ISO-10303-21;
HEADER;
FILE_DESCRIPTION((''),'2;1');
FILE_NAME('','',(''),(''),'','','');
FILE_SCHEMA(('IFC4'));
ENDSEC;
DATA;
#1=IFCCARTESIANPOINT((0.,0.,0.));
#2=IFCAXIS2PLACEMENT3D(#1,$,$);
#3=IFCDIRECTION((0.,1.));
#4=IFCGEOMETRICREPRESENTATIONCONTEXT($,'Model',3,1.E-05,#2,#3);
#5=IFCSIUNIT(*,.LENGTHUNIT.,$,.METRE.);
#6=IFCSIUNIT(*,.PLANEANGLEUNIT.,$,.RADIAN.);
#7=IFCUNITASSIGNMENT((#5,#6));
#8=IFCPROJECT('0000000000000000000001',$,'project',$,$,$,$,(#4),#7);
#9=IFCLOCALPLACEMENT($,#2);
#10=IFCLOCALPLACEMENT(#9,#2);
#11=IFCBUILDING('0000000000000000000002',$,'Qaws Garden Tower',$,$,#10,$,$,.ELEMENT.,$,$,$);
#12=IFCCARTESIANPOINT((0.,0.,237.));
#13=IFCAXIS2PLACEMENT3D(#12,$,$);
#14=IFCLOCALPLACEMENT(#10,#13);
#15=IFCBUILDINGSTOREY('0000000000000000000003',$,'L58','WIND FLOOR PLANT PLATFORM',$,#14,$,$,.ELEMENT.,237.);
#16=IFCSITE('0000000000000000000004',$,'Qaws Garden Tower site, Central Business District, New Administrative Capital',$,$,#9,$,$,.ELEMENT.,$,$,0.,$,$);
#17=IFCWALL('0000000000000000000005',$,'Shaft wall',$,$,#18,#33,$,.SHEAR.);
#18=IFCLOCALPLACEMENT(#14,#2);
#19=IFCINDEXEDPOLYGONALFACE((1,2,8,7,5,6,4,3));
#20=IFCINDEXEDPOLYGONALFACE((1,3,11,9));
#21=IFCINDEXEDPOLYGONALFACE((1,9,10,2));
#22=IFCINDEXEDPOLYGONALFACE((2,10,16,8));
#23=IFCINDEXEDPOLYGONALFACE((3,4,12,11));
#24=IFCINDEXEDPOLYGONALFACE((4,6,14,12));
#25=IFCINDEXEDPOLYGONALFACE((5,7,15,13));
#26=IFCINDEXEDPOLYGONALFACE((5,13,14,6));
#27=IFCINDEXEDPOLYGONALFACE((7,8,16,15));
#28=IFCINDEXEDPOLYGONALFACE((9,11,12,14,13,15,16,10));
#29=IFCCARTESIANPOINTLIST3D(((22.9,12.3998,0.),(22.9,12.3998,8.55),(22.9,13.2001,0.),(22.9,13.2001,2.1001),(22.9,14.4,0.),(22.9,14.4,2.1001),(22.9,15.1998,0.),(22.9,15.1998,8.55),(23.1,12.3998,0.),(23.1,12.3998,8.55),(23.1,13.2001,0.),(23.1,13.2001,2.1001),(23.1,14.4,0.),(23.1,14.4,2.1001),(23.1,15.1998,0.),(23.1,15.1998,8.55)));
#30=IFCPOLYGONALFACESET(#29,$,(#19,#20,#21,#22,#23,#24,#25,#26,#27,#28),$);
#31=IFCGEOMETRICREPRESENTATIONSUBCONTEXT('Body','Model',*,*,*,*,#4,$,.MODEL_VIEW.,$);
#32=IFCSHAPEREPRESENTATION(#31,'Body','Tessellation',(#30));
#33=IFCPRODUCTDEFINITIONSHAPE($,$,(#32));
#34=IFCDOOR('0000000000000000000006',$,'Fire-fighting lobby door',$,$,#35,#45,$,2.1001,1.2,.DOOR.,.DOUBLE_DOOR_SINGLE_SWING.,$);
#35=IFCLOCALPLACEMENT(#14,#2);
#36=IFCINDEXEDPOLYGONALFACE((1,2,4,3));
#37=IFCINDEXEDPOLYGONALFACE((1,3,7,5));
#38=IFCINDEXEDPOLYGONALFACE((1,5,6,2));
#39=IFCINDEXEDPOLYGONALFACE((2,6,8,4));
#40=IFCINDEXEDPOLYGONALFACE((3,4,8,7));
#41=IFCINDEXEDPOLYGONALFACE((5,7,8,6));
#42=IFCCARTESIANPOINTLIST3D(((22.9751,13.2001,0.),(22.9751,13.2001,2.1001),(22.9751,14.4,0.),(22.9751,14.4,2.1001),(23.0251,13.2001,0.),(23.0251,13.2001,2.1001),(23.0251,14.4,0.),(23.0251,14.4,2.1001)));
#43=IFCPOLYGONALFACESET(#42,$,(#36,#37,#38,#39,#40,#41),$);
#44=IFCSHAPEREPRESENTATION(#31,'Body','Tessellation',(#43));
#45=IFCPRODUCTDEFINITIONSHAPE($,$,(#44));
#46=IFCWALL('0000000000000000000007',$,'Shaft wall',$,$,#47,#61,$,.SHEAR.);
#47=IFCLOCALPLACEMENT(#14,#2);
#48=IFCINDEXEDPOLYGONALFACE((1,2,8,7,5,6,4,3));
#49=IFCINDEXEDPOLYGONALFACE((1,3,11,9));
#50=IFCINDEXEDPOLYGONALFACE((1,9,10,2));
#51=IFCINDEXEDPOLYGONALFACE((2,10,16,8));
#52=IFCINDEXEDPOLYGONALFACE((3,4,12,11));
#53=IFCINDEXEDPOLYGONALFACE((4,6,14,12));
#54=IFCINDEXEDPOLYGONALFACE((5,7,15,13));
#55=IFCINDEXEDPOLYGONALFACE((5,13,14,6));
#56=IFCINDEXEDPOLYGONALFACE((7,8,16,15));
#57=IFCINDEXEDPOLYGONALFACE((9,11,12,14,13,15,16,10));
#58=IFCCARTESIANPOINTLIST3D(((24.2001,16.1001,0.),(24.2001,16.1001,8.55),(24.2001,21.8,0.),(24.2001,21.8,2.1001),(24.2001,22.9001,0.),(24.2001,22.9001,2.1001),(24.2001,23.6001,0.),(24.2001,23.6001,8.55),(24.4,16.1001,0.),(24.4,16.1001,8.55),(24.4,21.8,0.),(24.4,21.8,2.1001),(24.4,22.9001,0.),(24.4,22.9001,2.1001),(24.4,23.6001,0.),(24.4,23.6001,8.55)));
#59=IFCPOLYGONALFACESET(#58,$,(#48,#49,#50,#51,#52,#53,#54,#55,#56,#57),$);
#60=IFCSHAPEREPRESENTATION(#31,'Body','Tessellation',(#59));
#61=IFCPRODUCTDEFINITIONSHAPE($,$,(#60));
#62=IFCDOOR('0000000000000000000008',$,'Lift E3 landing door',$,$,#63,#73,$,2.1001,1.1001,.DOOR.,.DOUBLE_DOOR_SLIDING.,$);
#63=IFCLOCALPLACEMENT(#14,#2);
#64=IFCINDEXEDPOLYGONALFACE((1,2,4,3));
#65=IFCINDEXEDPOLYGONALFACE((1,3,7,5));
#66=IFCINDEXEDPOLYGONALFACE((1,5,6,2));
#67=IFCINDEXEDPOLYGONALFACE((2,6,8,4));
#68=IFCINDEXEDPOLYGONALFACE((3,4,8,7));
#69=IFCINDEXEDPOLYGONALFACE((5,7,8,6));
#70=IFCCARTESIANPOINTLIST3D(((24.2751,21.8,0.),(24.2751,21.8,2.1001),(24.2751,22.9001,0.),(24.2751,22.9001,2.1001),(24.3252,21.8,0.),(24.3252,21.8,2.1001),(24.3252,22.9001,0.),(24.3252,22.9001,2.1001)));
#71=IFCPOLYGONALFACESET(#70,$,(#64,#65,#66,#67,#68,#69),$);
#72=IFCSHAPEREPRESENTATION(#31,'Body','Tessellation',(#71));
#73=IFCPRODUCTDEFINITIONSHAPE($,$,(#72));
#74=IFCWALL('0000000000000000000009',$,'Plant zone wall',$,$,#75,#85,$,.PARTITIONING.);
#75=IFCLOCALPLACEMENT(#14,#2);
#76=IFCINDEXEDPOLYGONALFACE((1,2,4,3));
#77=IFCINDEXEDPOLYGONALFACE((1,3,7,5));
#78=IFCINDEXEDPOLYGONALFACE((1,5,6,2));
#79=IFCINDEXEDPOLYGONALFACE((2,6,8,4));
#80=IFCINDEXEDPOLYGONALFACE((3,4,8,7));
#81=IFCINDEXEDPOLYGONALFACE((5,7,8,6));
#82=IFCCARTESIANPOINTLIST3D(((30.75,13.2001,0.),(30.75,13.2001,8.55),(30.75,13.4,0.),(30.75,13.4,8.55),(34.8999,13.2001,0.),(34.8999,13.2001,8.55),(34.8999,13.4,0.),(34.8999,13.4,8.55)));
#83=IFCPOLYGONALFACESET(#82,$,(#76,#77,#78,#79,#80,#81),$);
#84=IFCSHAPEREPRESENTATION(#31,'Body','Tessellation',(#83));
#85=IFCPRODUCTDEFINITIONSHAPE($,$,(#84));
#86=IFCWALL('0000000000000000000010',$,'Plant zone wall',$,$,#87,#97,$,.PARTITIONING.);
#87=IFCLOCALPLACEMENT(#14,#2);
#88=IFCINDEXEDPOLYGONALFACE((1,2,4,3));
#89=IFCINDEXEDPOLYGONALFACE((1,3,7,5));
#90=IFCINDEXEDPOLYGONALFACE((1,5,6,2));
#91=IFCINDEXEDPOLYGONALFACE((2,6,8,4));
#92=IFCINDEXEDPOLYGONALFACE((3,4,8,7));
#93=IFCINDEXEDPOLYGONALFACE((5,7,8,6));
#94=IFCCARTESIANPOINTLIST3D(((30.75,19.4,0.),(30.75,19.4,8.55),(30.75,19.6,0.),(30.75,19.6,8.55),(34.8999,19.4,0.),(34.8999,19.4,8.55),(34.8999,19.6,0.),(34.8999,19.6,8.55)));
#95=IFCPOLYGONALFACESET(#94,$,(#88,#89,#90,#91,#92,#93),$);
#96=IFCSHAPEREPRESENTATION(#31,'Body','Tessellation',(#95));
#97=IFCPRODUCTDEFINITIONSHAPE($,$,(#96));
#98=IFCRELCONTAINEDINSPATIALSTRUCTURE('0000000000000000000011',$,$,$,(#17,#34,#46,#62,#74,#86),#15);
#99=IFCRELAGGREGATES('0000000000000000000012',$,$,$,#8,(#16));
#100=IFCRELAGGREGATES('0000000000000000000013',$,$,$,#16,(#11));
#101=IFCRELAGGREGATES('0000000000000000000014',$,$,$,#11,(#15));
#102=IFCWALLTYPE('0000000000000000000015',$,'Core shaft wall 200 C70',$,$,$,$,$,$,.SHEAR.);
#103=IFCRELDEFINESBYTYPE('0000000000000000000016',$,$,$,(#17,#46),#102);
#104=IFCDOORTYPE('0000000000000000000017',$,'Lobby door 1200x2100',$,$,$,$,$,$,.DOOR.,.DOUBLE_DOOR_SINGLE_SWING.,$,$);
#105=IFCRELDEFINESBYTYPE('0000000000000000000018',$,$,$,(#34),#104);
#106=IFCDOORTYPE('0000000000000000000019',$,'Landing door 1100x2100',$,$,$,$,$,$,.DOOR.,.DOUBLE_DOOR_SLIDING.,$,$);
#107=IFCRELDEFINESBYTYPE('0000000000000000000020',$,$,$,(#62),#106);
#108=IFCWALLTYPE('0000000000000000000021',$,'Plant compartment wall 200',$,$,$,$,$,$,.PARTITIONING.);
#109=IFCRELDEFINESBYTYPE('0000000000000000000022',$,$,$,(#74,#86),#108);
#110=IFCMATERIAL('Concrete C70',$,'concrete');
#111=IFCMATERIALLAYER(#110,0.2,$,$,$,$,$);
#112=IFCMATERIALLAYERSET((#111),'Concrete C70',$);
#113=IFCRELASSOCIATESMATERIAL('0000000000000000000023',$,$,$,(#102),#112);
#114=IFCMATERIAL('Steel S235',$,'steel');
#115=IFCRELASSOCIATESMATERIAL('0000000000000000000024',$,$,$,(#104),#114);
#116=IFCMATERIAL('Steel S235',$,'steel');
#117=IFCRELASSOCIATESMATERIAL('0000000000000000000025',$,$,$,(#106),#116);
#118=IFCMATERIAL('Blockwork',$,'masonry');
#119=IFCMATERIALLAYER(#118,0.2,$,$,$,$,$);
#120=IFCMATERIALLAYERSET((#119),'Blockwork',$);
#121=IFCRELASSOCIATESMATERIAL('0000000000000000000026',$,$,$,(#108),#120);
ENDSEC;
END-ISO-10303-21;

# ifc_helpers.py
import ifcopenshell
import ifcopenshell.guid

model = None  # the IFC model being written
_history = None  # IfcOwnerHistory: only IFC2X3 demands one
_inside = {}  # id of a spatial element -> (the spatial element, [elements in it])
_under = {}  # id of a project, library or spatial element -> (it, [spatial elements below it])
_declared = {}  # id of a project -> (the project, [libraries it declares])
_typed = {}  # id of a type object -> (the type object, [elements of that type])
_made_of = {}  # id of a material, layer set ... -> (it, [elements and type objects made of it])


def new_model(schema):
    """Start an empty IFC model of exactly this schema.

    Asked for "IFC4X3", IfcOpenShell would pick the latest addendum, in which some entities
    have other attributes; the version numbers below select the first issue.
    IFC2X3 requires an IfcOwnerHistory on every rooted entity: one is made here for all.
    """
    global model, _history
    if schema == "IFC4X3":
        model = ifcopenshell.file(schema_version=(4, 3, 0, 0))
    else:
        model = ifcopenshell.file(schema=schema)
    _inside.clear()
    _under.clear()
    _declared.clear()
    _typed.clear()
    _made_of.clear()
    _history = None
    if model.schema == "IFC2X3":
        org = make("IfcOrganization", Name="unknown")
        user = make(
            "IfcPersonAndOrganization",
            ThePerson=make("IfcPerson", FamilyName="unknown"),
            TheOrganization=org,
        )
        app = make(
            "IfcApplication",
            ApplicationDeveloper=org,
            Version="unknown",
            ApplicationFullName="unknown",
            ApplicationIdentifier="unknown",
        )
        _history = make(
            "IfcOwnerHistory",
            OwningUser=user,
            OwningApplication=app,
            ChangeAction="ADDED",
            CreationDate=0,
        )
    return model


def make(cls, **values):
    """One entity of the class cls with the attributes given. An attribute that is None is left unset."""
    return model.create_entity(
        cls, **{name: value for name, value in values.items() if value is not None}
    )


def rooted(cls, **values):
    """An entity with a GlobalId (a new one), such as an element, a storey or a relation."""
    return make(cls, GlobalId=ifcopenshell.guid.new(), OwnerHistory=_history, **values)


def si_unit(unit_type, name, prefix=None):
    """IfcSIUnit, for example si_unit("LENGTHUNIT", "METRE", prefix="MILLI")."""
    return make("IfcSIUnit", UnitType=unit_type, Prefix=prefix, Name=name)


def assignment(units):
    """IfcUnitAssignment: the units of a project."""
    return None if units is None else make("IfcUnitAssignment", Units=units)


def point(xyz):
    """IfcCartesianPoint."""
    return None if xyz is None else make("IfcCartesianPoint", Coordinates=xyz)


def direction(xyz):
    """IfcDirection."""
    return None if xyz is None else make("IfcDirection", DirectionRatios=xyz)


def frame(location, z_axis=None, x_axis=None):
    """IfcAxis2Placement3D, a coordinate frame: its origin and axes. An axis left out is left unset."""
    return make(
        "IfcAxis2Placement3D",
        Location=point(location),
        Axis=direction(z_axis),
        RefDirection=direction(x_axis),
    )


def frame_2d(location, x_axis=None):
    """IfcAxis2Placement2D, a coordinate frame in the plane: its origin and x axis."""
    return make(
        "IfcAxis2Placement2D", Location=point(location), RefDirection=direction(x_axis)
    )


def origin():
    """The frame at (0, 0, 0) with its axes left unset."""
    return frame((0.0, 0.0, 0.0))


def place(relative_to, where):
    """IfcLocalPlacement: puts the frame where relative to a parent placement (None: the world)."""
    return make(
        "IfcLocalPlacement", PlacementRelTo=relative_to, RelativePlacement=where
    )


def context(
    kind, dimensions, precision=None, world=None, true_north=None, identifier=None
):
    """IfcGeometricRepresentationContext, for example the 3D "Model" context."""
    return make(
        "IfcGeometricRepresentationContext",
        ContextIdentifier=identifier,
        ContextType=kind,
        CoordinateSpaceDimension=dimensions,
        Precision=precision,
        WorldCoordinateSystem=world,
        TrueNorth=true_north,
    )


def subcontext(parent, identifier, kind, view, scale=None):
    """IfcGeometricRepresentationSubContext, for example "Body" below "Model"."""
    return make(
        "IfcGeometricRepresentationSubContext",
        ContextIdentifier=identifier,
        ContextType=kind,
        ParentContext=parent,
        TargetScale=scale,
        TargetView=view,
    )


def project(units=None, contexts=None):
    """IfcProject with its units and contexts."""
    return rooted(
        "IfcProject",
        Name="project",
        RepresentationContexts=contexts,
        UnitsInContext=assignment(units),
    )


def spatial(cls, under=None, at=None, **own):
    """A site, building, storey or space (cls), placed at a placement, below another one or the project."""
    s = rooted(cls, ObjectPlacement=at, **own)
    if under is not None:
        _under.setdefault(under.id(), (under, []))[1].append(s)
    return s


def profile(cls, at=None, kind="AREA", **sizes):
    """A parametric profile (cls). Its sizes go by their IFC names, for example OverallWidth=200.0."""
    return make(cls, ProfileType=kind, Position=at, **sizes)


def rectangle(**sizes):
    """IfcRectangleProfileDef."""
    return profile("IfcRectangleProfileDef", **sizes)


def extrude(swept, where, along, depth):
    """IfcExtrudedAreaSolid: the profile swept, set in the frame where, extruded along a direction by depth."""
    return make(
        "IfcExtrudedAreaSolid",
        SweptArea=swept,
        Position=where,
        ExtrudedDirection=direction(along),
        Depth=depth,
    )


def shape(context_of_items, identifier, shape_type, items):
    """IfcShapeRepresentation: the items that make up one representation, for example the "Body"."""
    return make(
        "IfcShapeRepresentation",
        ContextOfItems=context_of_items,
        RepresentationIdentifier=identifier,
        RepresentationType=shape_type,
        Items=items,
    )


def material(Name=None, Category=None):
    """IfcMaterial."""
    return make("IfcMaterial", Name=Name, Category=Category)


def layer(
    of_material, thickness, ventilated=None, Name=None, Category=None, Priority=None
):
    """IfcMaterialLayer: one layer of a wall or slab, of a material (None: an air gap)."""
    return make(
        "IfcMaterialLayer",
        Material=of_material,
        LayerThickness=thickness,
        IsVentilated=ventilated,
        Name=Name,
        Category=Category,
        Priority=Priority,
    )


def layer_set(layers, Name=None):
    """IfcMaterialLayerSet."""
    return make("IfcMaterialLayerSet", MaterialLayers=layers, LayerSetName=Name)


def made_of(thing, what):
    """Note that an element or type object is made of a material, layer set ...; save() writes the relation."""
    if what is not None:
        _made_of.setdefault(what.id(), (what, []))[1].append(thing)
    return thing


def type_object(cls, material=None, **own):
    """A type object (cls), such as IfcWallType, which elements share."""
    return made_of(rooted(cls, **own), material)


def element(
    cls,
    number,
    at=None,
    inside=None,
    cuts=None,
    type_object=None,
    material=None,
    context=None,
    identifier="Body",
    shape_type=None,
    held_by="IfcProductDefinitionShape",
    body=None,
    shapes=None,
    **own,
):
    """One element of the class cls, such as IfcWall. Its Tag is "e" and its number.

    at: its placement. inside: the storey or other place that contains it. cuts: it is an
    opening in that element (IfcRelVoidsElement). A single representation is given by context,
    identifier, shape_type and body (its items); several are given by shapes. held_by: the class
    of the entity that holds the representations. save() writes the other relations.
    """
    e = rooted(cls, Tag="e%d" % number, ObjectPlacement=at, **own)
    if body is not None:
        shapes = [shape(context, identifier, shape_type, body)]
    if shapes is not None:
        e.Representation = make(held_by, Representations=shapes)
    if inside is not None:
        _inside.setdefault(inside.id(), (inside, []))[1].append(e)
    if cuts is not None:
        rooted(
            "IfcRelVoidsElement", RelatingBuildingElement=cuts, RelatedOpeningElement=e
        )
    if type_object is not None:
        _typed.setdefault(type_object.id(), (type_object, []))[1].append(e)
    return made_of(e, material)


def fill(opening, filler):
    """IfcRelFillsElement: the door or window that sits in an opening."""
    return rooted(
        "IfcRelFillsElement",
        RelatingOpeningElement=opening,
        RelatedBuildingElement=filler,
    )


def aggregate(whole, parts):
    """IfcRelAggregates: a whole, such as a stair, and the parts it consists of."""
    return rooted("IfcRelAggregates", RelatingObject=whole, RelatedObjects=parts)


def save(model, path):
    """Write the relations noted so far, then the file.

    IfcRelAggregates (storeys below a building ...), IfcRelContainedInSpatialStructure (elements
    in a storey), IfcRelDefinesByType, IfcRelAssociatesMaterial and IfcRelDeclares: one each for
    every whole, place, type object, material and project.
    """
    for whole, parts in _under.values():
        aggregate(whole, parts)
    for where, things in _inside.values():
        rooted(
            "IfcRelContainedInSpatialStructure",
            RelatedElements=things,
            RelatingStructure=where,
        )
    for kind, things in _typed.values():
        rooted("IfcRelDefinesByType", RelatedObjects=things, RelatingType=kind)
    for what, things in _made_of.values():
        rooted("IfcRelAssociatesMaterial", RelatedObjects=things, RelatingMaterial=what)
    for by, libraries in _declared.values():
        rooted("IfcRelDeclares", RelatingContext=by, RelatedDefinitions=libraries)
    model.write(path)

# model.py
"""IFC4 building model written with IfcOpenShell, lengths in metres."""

from ifc_helpers import new_model, si_unit, direction, frame, frame_2d, origin, place, context, subcontext, project, spatial, rectangle, extrude, material, layer, layer_set, type_object, element, fill, save


model = new_model("IFC4")

# Units and contexts
model_context = context("Model", 3, precision=1e-05, world=origin(), true_north=direction((0.0, 1.0)))
body_context = subcontext(model_context, "Body", "Model", "MODEL_VIEW")
ifc_project = project(units=[si_unit("LENGTHUNIT", "METRE"), si_unit("PLANEANGLEUNIT", "RADIAN")], contexts=[model_context])

# Site, building, storey
site_placement = place(None, origin())
site = spatial("IfcSite", under=ifc_project, at=site_placement, Name="Qaws Garden Tower site, Central Business District, New Administrative Capital", CompositionType="ELEMENT", RefElevation=0.0)
building_placement = place(site_placement, origin())
building = spatial("IfcBuilding", under=site, at=building_placement, Name="Qaws Garden Tower", CompositionType="ELEMENT")
storey_placement = place(building_placement, frame((0.0, 0.0, 237.0)))
storey = spatial("IfcBuildingStorey", under=building, at=storey_placement, Name="L58", Description="WIND FLOOR PLANT PLATFORM", CompositionType="ELEMENT", Elevation=237.0)

# Shared definitions
ifc_material_1 = material(Name="Concrete C70", Category="concrete")
ifc_layer_1 = layer(ifc_material_1, 0.2)
ifc_layer_set_1 = layer_set([ifc_layer_1], Name="Concrete C70")
wall_type_1 = type_object("IfcWallType", Name="Core shaft wall 200 C70", PredefinedType="SHEAR", material=ifc_layer_set_1)

# Walls, openings, doors
wall_1_placement = place(storey_placement, frame((23.0, 12.3999, 0.0), z_axis=(0.0, 0.0, 1.0), x_axis=(0.0, 1.0, 0.0)))
wall_1 = element("IfcWall", 1, at=wall_1_placement, inside=storey, type_object=wall_type_1, Name="Shaft wall", PredefinedType="SHEAR", context=body_context, shape_type="SweptSolid", body=[
    extrude(rectangle(XDim=2.8, YDim=0.2, at=frame_2d((1.3999, 0.0))), origin(), (0.0, 0.0, 1.0), 8.55),
])
opening_1_placement = place(wall_1_placement, frame((0.8, 0.0, 0.0)))
opening_1 = element("IfcOpeningElement", 2, at=opening_1_placement, cuts=wall_1, PredefinedType="OPENING", context=body_context, shape_type="SweptSolid", body=[
    extrude(rectangle(XDim=1.2, YDim=2.1001, at=frame_2d((0.6001, 1.05))), frame((0.0, 0.1099, 0.0), z_axis=(0.0, -1.0, 0.0), x_axis=(1.0, 0.0, 0.0)), (0.0, 0.0, 1.0), 0.22),
])
ifc_material_2 = material(Name="Steel S235", Category="steel")
door_type_1 = type_object("IfcDoorType", Name="Lobby door 1200x2100", OperationType="DOUBLE_DOOR_SINGLE_SWING", PredefinedType="DOOR", material=ifc_material_2)
door_1_placement = place(opening_1_placement, origin())
door_1 = element("IfcDoor", 3, at=door_1_placement, inside=storey, type_object=door_type_1, Name="Fire-fighting lobby door", OperationType="DOUBLE_DOOR_SINGLE_SWING", OverallHeight=2.1001, OverallWidth=1.2, PredefinedType="DOOR", context=body_context, shape_type="SweptSolid", body=[
    extrude(rectangle(XDim=1.2, YDim=2.1001, at=frame_2d((0.6001, 1.05))), frame((0.0, 0.0249, 0.0), z_axis=(0.0, -1.0, 0.0), x_axis=(1.0, 0.0, 0.0)), (0.0, 0.0, 1.0), 0.05),
])
fill(opening_1, door_1)
wall_2_placement = place(storey_placement, frame((24.3, 16.1001, 0.0), z_axis=(0.0, 0.0, 1.0), x_axis=(0.0, 1.0, 0.0)))
wall_2 = element("IfcWall", 4, at=wall_2_placement, inside=storey, type_object=wall_type_1, Name="Shaft wall", PredefinedType="SHEAR", context=body_context, shape_type="SweptSolid", body=[
    extrude(rectangle(XDim=7.5, YDim=0.2, at=frame_2d((3.75, 0.0))), origin(), (0.0, 0.0, 1.0), 8.55),
])
opening_2_placement = place(wall_2_placement, frame((5.7, 0.0, 0.0)))
opening_2 = element("IfcOpeningElement", 5, at=opening_2_placement, cuts=wall_2, PredefinedType="OPENING", context=body_context, shape_type="SweptSolid", body=[
    extrude(rectangle(XDim=1.1001, YDim=2.1001, at=frame_2d((0.55, 1.05))), frame((0.0, 0.1099, 0.0), z_axis=(0.0, -1.0, 0.0), x_axis=(1.0, 0.0, 0.0)), (0.0, 0.0, 1.0), 0.22),
])
ifc_material_3 = material(Name="Steel S235", Category="steel")
door_type_2 = type_object("IfcDoorType", Name="Landing door 1100x2100", OperationType="DOUBLE_DOOR_SLIDING", PredefinedType="DOOR", material=ifc_material_3)
door_2_placement = place(opening_2_placement, origin())
door_2 = element("IfcDoor", 6, at=door_2_placement, inside=storey, type_object=door_type_2, Name="Lift E3 landing door", OperationType="DOUBLE_DOOR_SLIDING", OverallHeight=2.1001, OverallWidth=1.1001, PredefinedType="DOOR", context=body_context, shape_type="SweptSolid", body=[
    extrude(rectangle(XDim=1.1001, YDim=2.1001, at=frame_2d((0.55, 1.05))), frame((0.0, 0.0249, 0.0), z_axis=(0.0, -1.0, 0.0), x_axis=(1.0, 0.0, 0.0)), (0.0, 0.0, 1.0), 0.05),
])
fill(opening_2, door_2)

# Walls
ifc_material_4 = material(Name="Blockwork", Category="masonry")
ifc_layer_2 = layer(ifc_material_4, 0.2)
ifc_layer_set_2 = layer_set([ifc_layer_2], Name="Blockwork")
wall_type_2 = type_object("IfcWallType", Name="Plant compartment wall 200", PredefinedType="PARTITIONING", material=ifc_layer_set_2)
for number, where, z_axis, x_axis, name in (
    (7, (30.75, 13.3, 0.0), (0.0, 0.0, 1.0), (1.0, 0.0, 0.0), "Plant zone wall"),
    (8, (30.75, 19.5, 0.0), (0.0, 0.0, 1.0), (1.0, 0.0, 0.0), "Plant zone wall"),
):
    element("IfcWall", number, at=place(storey_placement, frame(where, z_axis=z_axis, x_axis=x_axis)), inside=storey, type_object=wall_type_2, Name=name, PredefinedType="PARTITIONING", context=body_context, shape_type="SweptSolid", body=[
        extrude(rectangle(XDim=4.1499, YDim=0.2, at=frame_2d((2.075, 0.0))), origin(), (0.0, 0.0, 1.0), 8.55),
    ])

save(model, "model.ifc")
